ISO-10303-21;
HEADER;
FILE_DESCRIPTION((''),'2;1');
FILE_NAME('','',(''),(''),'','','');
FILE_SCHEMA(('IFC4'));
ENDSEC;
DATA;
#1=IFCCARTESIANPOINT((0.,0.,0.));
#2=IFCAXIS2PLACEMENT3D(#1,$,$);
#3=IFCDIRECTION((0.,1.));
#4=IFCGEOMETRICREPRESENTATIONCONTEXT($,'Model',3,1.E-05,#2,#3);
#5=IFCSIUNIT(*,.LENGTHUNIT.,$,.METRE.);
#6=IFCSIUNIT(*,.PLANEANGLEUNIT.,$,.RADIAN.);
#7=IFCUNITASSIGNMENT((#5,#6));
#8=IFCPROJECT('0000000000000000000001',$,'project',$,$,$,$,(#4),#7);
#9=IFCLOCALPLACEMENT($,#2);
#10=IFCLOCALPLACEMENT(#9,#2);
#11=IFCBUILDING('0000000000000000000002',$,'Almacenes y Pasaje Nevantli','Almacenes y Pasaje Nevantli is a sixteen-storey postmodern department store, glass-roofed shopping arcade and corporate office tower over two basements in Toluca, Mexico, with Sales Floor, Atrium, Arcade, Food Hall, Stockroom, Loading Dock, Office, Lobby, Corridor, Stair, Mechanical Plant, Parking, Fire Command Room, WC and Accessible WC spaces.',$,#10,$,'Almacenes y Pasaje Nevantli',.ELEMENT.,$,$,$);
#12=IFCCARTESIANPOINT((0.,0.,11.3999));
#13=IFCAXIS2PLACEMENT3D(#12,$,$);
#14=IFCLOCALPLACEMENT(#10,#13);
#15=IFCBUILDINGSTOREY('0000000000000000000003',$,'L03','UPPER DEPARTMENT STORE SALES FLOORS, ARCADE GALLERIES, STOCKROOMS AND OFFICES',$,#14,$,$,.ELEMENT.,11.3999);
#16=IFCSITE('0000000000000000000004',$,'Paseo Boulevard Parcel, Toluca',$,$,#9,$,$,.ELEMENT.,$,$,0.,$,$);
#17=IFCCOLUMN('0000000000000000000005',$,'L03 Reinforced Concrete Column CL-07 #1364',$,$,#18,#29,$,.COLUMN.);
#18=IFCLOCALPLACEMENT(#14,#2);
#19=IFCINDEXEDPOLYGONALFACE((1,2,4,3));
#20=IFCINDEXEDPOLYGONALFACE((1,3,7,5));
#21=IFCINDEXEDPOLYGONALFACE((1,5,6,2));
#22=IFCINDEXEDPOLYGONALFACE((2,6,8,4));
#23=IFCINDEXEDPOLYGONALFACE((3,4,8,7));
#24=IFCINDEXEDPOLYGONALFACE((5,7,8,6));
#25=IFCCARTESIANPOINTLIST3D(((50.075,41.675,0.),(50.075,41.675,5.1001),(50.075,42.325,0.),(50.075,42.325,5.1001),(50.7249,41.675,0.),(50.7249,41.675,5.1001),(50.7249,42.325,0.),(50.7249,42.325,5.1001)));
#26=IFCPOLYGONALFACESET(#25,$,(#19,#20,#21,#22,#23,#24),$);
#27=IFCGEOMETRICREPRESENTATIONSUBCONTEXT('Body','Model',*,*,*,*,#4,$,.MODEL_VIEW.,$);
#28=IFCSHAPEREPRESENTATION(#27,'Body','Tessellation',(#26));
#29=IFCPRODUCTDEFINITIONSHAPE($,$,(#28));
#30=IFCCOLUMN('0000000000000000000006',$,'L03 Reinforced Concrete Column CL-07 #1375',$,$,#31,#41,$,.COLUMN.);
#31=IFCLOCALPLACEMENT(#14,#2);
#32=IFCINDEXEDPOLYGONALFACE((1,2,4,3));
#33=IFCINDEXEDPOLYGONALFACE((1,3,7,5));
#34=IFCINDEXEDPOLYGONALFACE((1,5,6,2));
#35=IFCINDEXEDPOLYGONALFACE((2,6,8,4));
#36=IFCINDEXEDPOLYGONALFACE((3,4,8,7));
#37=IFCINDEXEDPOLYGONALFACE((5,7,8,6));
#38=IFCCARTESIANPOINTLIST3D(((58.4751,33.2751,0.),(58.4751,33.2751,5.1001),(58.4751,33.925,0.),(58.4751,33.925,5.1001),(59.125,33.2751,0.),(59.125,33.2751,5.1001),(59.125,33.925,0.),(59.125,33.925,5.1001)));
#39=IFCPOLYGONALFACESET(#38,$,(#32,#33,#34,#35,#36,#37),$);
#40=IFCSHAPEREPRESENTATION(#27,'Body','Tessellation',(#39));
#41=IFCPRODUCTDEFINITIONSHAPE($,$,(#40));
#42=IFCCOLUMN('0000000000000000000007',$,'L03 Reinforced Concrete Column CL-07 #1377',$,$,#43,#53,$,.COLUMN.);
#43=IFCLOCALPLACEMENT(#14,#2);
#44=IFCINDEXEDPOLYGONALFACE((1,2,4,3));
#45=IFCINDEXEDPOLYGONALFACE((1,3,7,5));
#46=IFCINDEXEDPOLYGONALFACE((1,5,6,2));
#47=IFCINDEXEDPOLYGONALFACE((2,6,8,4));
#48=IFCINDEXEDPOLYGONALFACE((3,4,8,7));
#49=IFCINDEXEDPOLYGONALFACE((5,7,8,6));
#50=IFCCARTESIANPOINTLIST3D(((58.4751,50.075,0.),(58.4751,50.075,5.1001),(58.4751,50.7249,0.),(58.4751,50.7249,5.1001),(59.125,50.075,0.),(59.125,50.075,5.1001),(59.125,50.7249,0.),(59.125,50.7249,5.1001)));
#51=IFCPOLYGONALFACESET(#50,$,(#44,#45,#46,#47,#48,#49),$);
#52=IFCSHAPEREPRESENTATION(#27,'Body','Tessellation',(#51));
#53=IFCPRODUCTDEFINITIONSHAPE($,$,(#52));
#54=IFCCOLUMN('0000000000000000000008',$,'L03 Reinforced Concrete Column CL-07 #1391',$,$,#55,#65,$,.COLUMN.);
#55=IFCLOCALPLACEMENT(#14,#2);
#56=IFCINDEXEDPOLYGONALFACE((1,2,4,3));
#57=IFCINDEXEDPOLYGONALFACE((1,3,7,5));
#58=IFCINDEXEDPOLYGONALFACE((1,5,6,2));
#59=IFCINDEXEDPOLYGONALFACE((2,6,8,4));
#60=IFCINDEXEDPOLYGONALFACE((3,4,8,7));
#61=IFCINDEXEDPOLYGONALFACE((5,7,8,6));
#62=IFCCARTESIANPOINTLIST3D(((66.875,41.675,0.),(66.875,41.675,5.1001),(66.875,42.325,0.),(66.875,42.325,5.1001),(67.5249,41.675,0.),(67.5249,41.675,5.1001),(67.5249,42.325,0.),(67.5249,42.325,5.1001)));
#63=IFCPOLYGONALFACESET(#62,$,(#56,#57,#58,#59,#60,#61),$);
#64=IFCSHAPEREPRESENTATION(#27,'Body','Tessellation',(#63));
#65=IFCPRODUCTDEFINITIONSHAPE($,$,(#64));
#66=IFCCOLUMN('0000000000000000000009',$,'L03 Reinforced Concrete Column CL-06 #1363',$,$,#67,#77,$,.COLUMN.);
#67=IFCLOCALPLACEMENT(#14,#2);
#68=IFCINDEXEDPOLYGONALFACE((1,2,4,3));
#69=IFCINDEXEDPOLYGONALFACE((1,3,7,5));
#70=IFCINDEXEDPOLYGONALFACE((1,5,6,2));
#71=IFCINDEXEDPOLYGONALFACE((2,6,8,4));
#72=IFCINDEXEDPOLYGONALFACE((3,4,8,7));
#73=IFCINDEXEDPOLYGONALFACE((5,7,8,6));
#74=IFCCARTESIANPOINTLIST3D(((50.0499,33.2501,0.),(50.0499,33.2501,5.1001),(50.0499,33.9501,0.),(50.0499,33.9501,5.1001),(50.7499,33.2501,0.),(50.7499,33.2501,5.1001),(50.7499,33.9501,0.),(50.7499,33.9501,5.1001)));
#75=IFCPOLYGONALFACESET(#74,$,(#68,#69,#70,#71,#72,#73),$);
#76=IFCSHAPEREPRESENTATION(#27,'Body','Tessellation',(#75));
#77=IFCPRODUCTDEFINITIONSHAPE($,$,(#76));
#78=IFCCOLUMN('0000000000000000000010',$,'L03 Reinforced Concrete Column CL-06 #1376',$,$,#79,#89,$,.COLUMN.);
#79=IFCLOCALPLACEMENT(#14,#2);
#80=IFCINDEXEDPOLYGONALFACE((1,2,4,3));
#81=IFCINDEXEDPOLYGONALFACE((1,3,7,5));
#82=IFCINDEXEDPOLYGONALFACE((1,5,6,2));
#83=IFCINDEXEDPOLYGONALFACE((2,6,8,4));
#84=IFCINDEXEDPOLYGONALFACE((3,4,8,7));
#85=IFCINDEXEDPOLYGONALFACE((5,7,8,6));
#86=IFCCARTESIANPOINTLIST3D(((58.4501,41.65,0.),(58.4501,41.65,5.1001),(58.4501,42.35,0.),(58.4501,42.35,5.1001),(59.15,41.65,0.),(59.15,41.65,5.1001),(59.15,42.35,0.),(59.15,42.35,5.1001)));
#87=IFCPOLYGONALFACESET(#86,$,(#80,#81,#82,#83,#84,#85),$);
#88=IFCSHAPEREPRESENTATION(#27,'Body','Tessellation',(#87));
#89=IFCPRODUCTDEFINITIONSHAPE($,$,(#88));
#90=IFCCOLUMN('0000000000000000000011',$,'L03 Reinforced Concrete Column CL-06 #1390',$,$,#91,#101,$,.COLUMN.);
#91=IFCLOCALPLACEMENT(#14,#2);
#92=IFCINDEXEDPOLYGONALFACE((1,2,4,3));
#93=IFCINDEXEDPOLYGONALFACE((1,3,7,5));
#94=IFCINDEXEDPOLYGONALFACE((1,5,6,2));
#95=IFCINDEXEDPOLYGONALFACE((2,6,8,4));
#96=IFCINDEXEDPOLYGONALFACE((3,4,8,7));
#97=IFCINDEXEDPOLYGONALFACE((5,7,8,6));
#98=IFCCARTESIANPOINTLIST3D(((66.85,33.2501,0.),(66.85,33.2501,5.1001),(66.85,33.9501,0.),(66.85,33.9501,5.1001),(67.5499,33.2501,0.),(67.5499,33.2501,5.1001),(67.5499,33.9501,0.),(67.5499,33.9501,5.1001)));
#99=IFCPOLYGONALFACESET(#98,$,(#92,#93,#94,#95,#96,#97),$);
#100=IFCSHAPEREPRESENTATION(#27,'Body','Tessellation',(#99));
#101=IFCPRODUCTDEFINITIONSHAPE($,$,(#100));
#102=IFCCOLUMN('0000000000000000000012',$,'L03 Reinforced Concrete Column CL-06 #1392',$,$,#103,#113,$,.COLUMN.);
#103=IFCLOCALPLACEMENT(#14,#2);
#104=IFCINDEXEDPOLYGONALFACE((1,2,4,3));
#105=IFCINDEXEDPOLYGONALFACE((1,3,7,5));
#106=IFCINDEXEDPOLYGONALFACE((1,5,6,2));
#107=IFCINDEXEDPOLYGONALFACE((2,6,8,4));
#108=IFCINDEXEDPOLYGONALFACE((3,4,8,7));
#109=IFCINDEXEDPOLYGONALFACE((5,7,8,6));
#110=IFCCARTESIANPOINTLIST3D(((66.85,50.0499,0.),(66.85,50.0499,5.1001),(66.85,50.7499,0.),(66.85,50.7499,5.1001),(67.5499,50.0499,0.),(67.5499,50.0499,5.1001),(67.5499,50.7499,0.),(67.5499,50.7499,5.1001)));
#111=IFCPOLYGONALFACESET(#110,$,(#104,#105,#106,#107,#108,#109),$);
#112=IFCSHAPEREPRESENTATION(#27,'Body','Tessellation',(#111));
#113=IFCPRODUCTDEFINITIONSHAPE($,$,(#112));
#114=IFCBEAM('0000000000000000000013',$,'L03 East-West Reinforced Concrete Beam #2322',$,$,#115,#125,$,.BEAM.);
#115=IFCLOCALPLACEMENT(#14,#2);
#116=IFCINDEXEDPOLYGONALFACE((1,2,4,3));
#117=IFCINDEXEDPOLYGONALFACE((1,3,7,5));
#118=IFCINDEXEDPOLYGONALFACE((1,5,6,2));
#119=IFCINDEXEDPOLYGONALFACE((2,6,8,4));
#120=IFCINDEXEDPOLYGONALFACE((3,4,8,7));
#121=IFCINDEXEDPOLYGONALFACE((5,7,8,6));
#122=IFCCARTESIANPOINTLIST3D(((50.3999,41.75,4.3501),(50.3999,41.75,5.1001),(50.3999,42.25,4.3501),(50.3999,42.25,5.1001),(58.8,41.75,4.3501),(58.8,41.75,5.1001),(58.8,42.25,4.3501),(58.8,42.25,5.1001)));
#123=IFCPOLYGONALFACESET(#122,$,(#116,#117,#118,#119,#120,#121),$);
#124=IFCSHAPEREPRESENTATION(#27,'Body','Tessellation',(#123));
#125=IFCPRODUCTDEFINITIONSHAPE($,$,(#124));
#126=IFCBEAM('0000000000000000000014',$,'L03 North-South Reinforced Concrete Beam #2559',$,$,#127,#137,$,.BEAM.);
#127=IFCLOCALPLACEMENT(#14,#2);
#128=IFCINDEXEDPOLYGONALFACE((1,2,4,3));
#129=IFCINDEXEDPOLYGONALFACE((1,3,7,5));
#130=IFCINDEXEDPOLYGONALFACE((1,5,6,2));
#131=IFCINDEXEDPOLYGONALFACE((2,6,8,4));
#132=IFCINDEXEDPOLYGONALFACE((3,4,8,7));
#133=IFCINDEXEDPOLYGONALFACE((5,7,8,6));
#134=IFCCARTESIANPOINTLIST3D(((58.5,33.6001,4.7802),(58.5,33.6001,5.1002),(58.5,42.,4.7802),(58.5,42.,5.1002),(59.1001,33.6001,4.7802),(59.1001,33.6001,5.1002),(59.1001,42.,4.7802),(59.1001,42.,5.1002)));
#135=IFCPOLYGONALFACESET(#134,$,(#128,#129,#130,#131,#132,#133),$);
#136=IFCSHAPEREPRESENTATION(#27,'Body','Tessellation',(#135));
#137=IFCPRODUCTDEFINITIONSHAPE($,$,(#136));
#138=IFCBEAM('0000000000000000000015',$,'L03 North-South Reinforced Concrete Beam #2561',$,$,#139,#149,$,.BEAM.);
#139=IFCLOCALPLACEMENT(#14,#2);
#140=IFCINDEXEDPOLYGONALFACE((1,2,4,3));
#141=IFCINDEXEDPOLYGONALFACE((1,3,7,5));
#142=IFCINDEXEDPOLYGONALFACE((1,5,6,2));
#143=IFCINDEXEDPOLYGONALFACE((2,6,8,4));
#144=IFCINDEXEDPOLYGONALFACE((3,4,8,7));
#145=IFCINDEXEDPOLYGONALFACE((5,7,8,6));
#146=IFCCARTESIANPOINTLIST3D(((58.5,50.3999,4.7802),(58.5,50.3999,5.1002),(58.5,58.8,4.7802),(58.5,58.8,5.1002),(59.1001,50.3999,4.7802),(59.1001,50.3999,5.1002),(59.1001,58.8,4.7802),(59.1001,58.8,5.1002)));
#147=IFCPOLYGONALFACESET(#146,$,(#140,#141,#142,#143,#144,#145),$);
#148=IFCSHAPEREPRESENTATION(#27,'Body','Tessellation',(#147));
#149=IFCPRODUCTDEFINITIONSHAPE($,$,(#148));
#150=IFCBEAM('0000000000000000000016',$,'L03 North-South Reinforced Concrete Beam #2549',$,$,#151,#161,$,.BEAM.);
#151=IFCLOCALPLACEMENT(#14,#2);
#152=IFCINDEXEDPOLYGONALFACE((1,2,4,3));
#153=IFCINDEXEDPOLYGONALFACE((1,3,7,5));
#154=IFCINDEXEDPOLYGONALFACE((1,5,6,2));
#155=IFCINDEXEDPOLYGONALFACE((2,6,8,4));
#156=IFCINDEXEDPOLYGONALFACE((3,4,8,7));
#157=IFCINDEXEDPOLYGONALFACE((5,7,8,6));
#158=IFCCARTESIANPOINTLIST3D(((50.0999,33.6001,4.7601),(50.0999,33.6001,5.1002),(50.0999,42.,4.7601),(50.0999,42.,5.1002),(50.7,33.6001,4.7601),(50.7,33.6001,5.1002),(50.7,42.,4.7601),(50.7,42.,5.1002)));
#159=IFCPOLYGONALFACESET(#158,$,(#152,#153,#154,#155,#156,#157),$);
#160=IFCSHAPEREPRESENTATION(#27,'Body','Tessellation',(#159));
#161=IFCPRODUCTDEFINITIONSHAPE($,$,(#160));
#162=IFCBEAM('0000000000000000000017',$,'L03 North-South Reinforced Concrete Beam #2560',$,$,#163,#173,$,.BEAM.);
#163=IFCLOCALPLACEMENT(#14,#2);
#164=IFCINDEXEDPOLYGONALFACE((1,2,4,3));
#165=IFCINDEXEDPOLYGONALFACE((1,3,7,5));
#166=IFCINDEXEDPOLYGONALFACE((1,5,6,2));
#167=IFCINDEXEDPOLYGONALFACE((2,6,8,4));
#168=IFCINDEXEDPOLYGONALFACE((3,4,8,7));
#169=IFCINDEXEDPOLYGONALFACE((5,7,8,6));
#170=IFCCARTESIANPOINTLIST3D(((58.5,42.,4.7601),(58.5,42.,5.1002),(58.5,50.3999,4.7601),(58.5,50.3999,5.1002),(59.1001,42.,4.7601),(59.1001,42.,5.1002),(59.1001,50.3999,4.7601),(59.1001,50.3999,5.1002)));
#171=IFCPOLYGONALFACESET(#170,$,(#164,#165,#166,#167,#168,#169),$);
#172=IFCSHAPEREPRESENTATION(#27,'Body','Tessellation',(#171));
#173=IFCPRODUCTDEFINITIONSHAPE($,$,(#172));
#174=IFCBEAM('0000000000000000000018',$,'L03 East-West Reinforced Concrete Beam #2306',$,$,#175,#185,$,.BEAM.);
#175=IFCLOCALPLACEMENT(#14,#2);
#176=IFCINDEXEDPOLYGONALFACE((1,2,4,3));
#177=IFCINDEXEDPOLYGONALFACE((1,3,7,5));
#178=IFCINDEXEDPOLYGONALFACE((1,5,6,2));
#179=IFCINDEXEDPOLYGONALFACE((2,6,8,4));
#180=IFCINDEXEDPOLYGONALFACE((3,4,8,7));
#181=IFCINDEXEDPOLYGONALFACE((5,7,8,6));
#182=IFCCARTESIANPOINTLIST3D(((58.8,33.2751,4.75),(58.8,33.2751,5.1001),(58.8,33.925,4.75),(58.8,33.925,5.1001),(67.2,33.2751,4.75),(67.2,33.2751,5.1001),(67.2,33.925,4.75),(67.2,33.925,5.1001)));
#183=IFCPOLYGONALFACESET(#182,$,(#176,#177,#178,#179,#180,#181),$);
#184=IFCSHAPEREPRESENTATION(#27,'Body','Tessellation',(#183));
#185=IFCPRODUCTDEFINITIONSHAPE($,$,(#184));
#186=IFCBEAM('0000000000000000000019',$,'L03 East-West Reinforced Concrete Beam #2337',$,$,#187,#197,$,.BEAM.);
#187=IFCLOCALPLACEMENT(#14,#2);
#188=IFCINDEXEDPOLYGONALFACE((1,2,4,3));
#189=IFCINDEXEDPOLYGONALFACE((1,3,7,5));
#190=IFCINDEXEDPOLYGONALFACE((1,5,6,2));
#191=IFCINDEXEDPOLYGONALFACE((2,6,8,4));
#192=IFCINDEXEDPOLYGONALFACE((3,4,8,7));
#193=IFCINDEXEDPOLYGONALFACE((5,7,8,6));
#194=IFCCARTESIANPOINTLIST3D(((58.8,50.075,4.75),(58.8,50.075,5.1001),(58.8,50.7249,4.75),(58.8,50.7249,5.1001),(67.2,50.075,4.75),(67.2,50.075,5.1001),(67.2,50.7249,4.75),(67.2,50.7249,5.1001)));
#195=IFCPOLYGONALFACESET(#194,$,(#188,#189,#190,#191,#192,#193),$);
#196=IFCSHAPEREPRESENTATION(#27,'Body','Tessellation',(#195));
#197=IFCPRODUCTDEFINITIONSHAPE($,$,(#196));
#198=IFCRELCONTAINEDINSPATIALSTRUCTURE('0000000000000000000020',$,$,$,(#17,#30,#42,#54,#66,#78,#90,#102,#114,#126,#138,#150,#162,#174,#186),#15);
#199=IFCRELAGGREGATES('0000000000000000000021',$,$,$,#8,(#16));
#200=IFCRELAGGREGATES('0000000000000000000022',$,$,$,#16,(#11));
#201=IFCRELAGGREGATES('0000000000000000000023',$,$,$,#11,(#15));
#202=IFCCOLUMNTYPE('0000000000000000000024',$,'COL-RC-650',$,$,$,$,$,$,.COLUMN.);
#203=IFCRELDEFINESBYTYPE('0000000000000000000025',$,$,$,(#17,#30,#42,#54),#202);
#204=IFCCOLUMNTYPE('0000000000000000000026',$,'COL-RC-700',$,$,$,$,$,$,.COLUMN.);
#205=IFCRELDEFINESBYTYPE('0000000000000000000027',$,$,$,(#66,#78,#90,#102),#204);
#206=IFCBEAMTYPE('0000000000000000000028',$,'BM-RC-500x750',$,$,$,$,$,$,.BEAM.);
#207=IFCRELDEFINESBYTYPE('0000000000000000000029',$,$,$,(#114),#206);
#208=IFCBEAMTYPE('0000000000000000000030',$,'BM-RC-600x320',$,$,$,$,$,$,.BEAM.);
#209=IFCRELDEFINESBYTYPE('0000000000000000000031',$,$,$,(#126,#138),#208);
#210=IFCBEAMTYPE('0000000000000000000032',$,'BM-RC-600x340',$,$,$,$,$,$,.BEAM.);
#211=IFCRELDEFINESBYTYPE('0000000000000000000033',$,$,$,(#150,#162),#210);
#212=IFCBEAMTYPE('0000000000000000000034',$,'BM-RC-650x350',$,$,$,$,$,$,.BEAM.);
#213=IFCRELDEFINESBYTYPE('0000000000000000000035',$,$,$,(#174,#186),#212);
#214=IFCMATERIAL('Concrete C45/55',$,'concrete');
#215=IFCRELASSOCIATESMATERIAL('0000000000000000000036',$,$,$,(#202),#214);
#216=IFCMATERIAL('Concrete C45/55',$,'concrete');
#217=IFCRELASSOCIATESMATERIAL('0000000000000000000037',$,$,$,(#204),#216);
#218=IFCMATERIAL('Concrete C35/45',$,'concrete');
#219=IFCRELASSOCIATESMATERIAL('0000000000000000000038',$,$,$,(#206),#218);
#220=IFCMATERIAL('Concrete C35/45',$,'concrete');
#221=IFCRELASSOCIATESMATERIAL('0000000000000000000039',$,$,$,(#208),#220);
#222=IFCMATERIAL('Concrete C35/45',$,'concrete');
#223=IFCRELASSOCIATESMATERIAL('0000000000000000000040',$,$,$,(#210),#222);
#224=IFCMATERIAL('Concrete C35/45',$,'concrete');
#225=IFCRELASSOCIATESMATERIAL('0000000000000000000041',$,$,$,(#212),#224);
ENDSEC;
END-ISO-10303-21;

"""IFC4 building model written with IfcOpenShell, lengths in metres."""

from ifc_helpers import new_model, si_unit, direction, frame, origin, origin_2d, place, context, subcontext, project, spatial, rectangle, extrude, material, material_profile, profile_set, type_object, element, save


model = new_model("IFC4")

# Units and contexts
model_context = context("Model", 3, precision=1e-05, world=origin(), true_north=direction((0.0, 1.0)))
body_context = subcontext(model_context, "Body", "Model", "MODEL_VIEW")
ifc_project = project(units=[si_unit("LENGTHUNIT", "METRE"), si_unit("PLANEANGLEUNIT", "RADIAN")], contexts=[model_context])

# Site, building, storey
site_placement = place(None, origin())
site = spatial("IfcSite", under=ifc_project, at=site_placement, Name="Paseo Boulevard Parcel, Toluca", CompositionType="ELEMENT", RefElevation=0.0)
building_placement = place(site_placement, origin())
building = spatial("IfcBuilding", under=site, at=building_placement, Name="Almacenes y Pasaje Nevantli", Description="Almacenes y Pasaje Nevantli is a sixteen-storey postmodern department store, glass-roofed shopping arcade and corporate office tower over two basements in Toluca, Mexico, with Sales Floor, Atrium, Arcade, Food Hall, Stockroom, Loading Dock, Office, Lobby, Corridor, Stair, Mechanical Plant, Parking, Fire Command Room, WC and Accessible WC spaces.", LongName="Almacenes y Pasaje Nevantli", CompositionType="ELEMENT")
storey_placement = place(building_placement, frame((0.0, 0.0, 11.3999)))
storey = spatial("IfcBuildingStorey", under=building, at=storey_placement, Name="L03", Description="UPPER DEPARTMENT STORE SALES FLOORS, ARCADE GALLERIES, STOCKROOMS AND OFFICES", CompositionType="ELEMENT", Elevation=11.3999)

# Columns
ifc_material_1 = material(Name="Concrete C45/55", Category="concrete")
ifc_material_profile_1 = material_profile(ifc_material_1, rectangle(XDim=0.6499, YDim=0.6499, at=origin_2d()), Name="RC-COL-650x650")
ifc_profile_set_1 = profile_set([ifc_material_profile_1], Name="Concrete C45/55")
column_type_1 = type_object("IfcColumnType", Name="COL-RC-650", PredefinedType="COLUMN", material=ifc_profile_set_1)
for number, where, z_axis, x_axis, name in (
    (1, (50.3999, 42.0, 0.0), (0.0, 0.0, 1.0), (1.0, 0.0, 0.0), "L03 Reinforced Concrete Column CL-07 #1364"),
    (2, (58.8, 33.6001, 0.0), (0.0, 0.0, 1.0), (1.0, 0.0, 0.0), "L03 Reinforced Concrete Column CL-07 #1375"),
    (3, (58.8, 50.3999, 0.0), (0.0, 0.0, 1.0), (1.0, 0.0, 0.0), "L03 Reinforced Concrete Column CL-07 #1377"),
    (4, (67.2, 42.0, 0.0), (0.0, 0.0, 1.0), (1.0, 0.0, 0.0), "L03 Reinforced Concrete Column CL-07 #1391"),
):
    element("IfcColumn", number, at=place(storey_placement, frame(where, z_axis=z_axis, x_axis=x_axis)), inside=storey, type_object=column_type_1, Name=name, PredefinedType="COLUMN", context=body_context, shape_type="SweptSolid", body=[
        extrude(rectangle(XDim=0.6499, YDim=0.6499, at=origin_2d()), origin(), (0.0, 0.0, 1.0), 5.1001),
    ])
ifc_material_2 = material(Name="Concrete C45/55", Category="concrete")
ifc_material_profile_2 = material_profile(ifc_material_2, rectangle(XDim=0.7, YDim=0.7, at=origin_2d()), Name="RC-COL-700x700")
ifc_profile_set_2 = profile_set([ifc_material_profile_2], Name="Concrete C45/55")
column_type_2 = type_object("IfcColumnType", Name="COL-RC-700", PredefinedType="COLUMN", material=ifc_profile_set_2)
for number, where, z_axis, x_axis, name in (
    (5, (50.3999, 33.6001, 0.0), (0.0, 0.0, 1.0), (1.0, 0.0, 0.0), "L03 Reinforced Concrete Column CL-06 #1363"),
    (6, (58.8, 42.0, 0.0), (0.0, 0.0, 1.0), (1.0, 0.0, 0.0), "L03 Reinforced Concrete Column CL-06 #1376"),
    (7, (67.2, 33.6001, 0.0), (0.0, 0.0, 1.0), (1.0, 0.0, 0.0), "L03 Reinforced Concrete Column CL-06 #1390"),
    (8, (67.2, 50.3999, 0.0), (0.0, 0.0, 1.0), (1.0, 0.0, 0.0), "L03 Reinforced Concrete Column CL-06 #1392"),
):
    element("IfcColumn", number, at=place(storey_placement, frame(where, z_axis=z_axis, x_axis=x_axis)), inside=storey, type_object=column_type_2, Name=name, PredefinedType="COLUMN", context=body_context, shape_type="SweptSolid", body=[
        extrude(rectangle(XDim=0.7, YDim=0.7, at=origin_2d()), origin(), (0.0, 0.0, 1.0), 5.1001),
    ])

# Beams
ifc_material_3 = material(Name="Concrete C35/45", Category="concrete")
ifc_material_profile_3 = material_profile(ifc_material_3, rectangle(XDim=0.5, YDim=0.75, at=origin_2d()), Name="RC-BM-500x750")
ifc_profile_set_3 = profile_set([ifc_material_profile_3], Name="Concrete C35/45")
beam_type_1 = type_object("IfcBeamType", Name="BM-RC-500x750", PredefinedType="BEAM", material=ifc_profile_set_3)
beam_1_placement = place(storey_placement, frame((50.3999, 42.0, 4.7251), z_axis=(1.0, 0.0, 0.0), x_axis=(0.0, 1.0, 0.0)))
element("IfcBeam", 9, at=beam_1_placement, inside=storey, type_object=beam_type_1, Name="L03 East-West Reinforced Concrete Beam #2322", PredefinedType="BEAM", context=body_context, shape_type="SweptSolid", body=[
    extrude(rectangle(XDim=0.5, YDim=0.75, at=origin_2d()), origin(), (0.0, 0.0, 1.0), 8.4001),
])
ifc_material_4 = material(Name="Concrete C35/45", Category="concrete")
ifc_material_profile_4 = material_profile(ifc_material_4, rectangle(XDim=0.6001, YDim=0.3201, at=origin_2d()), Name="RC-BM-600x320")
ifc_profile_set_4 = profile_set([ifc_material_profile_4], Name="Concrete C35/45")
beam_type_2 = type_object("IfcBeamType", Name="BM-RC-600x320", PredefinedType="BEAM", material=ifc_profile_set_4)
beam_2_placement = place(storey_placement, frame((58.8, 33.6001, 4.9402), z_axis=(0.0, 1.0, 0.0), x_axis=(-1.0, 0.0, 0.0)))
element("IfcBeam", 10, at=beam_2_placement, inside=storey, type_object=beam_type_2, Name="L03 North-South Reinforced Concrete Beam #2559", PredefinedType="BEAM", context=body_context, shape_type="SweptSolid", body=[
    extrude(rectangle(XDim=0.6001, YDim=0.3201, at=origin_2d()), origin(), (0.0, 0.0, 1.0), 8.3999),
])
beam_3_placement = place(storey_placement, frame((58.8, 50.3999, 4.9402), z_axis=(0.0, 1.0, 0.0), x_axis=(-1.0, 0.0, 0.0)))
element("IfcBeam", 11, at=beam_3_placement, inside=storey, type_object=beam_type_2, Name="L03 North-South Reinforced Concrete Beam #2561", PredefinedType="BEAM", context=body_context, shape_type="SweptSolid", body=[
    extrude(rectangle(XDim=0.6001, YDim=0.3201, at=origin_2d()), origin(), (0.0, 0.0, 1.0), 8.4001),
])
ifc_material_5 = material(Name="Concrete C35/45", Category="concrete")
ifc_material_profile_5 = material_profile(ifc_material_5, rectangle(XDim=0.6001, YDim=0.3401, at=origin_2d()), Name="RC-BM-600x340")
ifc_profile_set_5 = profile_set([ifc_material_profile_5], Name="Concrete C35/45")
beam_type_3 = type_object("IfcBeamType", Name="BM-RC-600x340", PredefinedType="BEAM", material=ifc_profile_set_5)
for number, where, z_axis, x_axis, name in (
    (12, (50.3999, 33.6001, 4.9302), (0.0, 1.0, 0.0), (-1.0, 0.0, 0.0), "L03 North-South Reinforced Concrete Beam #2549"),
    (13, (58.8, 42.0, 4.9302), (0.0, 1.0, 0.0), (-1.0, 0.0, 0.0), "L03 North-South Reinforced Concrete Beam #2560"),
):
    element("IfcBeam", number, at=place(storey_placement, frame(where, z_axis=z_axis, x_axis=x_axis)), inside=storey, type_object=beam_type_3, Name=name, PredefinedType="BEAM", context=body_context, shape_type="SweptSolid", body=[
        extrude(rectangle(XDim=0.6001, YDim=0.3401, at=origin_2d()), origin(), (0.0, 0.0, 1.0), 8.3999),
    ])
ifc_material_6 = material(Name="Concrete C35/45", Category="concrete")
ifc_material_profile_6 = material_profile(ifc_material_6, rectangle(XDim=0.6499, YDim=0.3501, at=origin_2d()), Name="RC-BM-650x350")
ifc_profile_set_6 = profile_set([ifc_material_profile_6], Name="Concrete C35/45")
beam_type_4 = type_object("IfcBeamType", Name="BM-RC-650x350", PredefinedType="BEAM", material=ifc_profile_set_6)
for number, where, z_axis, x_axis, name in (
    (14, (58.8, 33.6001, 4.925), (1.0, 0.0, 0.0), (0.0, 1.0, 0.0), "L03 East-West Reinforced Concrete Beam #2306"),
    (15, (58.8, 50.3999, 4.925), (1.0, 0.0, 0.0), (0.0, 1.0, 0.0), "L03 East-West Reinforced Concrete Beam #2337"),
):
    element("IfcBeam", number, at=place(storey_placement, frame(where, z_axis=z_axis, x_axis=x_axis)), inside=storey, type_object=beam_type_4, Name=name, PredefinedType="BEAM", context=body_context, shape_type="SweptSolid", body=[
        extrude(rectangle(XDim=0.6499, YDim=0.3501, at=origin_2d()), origin(), (0.0, 0.0, 1.0), 8.3999),
    ])

save(model, "model.ifc")
